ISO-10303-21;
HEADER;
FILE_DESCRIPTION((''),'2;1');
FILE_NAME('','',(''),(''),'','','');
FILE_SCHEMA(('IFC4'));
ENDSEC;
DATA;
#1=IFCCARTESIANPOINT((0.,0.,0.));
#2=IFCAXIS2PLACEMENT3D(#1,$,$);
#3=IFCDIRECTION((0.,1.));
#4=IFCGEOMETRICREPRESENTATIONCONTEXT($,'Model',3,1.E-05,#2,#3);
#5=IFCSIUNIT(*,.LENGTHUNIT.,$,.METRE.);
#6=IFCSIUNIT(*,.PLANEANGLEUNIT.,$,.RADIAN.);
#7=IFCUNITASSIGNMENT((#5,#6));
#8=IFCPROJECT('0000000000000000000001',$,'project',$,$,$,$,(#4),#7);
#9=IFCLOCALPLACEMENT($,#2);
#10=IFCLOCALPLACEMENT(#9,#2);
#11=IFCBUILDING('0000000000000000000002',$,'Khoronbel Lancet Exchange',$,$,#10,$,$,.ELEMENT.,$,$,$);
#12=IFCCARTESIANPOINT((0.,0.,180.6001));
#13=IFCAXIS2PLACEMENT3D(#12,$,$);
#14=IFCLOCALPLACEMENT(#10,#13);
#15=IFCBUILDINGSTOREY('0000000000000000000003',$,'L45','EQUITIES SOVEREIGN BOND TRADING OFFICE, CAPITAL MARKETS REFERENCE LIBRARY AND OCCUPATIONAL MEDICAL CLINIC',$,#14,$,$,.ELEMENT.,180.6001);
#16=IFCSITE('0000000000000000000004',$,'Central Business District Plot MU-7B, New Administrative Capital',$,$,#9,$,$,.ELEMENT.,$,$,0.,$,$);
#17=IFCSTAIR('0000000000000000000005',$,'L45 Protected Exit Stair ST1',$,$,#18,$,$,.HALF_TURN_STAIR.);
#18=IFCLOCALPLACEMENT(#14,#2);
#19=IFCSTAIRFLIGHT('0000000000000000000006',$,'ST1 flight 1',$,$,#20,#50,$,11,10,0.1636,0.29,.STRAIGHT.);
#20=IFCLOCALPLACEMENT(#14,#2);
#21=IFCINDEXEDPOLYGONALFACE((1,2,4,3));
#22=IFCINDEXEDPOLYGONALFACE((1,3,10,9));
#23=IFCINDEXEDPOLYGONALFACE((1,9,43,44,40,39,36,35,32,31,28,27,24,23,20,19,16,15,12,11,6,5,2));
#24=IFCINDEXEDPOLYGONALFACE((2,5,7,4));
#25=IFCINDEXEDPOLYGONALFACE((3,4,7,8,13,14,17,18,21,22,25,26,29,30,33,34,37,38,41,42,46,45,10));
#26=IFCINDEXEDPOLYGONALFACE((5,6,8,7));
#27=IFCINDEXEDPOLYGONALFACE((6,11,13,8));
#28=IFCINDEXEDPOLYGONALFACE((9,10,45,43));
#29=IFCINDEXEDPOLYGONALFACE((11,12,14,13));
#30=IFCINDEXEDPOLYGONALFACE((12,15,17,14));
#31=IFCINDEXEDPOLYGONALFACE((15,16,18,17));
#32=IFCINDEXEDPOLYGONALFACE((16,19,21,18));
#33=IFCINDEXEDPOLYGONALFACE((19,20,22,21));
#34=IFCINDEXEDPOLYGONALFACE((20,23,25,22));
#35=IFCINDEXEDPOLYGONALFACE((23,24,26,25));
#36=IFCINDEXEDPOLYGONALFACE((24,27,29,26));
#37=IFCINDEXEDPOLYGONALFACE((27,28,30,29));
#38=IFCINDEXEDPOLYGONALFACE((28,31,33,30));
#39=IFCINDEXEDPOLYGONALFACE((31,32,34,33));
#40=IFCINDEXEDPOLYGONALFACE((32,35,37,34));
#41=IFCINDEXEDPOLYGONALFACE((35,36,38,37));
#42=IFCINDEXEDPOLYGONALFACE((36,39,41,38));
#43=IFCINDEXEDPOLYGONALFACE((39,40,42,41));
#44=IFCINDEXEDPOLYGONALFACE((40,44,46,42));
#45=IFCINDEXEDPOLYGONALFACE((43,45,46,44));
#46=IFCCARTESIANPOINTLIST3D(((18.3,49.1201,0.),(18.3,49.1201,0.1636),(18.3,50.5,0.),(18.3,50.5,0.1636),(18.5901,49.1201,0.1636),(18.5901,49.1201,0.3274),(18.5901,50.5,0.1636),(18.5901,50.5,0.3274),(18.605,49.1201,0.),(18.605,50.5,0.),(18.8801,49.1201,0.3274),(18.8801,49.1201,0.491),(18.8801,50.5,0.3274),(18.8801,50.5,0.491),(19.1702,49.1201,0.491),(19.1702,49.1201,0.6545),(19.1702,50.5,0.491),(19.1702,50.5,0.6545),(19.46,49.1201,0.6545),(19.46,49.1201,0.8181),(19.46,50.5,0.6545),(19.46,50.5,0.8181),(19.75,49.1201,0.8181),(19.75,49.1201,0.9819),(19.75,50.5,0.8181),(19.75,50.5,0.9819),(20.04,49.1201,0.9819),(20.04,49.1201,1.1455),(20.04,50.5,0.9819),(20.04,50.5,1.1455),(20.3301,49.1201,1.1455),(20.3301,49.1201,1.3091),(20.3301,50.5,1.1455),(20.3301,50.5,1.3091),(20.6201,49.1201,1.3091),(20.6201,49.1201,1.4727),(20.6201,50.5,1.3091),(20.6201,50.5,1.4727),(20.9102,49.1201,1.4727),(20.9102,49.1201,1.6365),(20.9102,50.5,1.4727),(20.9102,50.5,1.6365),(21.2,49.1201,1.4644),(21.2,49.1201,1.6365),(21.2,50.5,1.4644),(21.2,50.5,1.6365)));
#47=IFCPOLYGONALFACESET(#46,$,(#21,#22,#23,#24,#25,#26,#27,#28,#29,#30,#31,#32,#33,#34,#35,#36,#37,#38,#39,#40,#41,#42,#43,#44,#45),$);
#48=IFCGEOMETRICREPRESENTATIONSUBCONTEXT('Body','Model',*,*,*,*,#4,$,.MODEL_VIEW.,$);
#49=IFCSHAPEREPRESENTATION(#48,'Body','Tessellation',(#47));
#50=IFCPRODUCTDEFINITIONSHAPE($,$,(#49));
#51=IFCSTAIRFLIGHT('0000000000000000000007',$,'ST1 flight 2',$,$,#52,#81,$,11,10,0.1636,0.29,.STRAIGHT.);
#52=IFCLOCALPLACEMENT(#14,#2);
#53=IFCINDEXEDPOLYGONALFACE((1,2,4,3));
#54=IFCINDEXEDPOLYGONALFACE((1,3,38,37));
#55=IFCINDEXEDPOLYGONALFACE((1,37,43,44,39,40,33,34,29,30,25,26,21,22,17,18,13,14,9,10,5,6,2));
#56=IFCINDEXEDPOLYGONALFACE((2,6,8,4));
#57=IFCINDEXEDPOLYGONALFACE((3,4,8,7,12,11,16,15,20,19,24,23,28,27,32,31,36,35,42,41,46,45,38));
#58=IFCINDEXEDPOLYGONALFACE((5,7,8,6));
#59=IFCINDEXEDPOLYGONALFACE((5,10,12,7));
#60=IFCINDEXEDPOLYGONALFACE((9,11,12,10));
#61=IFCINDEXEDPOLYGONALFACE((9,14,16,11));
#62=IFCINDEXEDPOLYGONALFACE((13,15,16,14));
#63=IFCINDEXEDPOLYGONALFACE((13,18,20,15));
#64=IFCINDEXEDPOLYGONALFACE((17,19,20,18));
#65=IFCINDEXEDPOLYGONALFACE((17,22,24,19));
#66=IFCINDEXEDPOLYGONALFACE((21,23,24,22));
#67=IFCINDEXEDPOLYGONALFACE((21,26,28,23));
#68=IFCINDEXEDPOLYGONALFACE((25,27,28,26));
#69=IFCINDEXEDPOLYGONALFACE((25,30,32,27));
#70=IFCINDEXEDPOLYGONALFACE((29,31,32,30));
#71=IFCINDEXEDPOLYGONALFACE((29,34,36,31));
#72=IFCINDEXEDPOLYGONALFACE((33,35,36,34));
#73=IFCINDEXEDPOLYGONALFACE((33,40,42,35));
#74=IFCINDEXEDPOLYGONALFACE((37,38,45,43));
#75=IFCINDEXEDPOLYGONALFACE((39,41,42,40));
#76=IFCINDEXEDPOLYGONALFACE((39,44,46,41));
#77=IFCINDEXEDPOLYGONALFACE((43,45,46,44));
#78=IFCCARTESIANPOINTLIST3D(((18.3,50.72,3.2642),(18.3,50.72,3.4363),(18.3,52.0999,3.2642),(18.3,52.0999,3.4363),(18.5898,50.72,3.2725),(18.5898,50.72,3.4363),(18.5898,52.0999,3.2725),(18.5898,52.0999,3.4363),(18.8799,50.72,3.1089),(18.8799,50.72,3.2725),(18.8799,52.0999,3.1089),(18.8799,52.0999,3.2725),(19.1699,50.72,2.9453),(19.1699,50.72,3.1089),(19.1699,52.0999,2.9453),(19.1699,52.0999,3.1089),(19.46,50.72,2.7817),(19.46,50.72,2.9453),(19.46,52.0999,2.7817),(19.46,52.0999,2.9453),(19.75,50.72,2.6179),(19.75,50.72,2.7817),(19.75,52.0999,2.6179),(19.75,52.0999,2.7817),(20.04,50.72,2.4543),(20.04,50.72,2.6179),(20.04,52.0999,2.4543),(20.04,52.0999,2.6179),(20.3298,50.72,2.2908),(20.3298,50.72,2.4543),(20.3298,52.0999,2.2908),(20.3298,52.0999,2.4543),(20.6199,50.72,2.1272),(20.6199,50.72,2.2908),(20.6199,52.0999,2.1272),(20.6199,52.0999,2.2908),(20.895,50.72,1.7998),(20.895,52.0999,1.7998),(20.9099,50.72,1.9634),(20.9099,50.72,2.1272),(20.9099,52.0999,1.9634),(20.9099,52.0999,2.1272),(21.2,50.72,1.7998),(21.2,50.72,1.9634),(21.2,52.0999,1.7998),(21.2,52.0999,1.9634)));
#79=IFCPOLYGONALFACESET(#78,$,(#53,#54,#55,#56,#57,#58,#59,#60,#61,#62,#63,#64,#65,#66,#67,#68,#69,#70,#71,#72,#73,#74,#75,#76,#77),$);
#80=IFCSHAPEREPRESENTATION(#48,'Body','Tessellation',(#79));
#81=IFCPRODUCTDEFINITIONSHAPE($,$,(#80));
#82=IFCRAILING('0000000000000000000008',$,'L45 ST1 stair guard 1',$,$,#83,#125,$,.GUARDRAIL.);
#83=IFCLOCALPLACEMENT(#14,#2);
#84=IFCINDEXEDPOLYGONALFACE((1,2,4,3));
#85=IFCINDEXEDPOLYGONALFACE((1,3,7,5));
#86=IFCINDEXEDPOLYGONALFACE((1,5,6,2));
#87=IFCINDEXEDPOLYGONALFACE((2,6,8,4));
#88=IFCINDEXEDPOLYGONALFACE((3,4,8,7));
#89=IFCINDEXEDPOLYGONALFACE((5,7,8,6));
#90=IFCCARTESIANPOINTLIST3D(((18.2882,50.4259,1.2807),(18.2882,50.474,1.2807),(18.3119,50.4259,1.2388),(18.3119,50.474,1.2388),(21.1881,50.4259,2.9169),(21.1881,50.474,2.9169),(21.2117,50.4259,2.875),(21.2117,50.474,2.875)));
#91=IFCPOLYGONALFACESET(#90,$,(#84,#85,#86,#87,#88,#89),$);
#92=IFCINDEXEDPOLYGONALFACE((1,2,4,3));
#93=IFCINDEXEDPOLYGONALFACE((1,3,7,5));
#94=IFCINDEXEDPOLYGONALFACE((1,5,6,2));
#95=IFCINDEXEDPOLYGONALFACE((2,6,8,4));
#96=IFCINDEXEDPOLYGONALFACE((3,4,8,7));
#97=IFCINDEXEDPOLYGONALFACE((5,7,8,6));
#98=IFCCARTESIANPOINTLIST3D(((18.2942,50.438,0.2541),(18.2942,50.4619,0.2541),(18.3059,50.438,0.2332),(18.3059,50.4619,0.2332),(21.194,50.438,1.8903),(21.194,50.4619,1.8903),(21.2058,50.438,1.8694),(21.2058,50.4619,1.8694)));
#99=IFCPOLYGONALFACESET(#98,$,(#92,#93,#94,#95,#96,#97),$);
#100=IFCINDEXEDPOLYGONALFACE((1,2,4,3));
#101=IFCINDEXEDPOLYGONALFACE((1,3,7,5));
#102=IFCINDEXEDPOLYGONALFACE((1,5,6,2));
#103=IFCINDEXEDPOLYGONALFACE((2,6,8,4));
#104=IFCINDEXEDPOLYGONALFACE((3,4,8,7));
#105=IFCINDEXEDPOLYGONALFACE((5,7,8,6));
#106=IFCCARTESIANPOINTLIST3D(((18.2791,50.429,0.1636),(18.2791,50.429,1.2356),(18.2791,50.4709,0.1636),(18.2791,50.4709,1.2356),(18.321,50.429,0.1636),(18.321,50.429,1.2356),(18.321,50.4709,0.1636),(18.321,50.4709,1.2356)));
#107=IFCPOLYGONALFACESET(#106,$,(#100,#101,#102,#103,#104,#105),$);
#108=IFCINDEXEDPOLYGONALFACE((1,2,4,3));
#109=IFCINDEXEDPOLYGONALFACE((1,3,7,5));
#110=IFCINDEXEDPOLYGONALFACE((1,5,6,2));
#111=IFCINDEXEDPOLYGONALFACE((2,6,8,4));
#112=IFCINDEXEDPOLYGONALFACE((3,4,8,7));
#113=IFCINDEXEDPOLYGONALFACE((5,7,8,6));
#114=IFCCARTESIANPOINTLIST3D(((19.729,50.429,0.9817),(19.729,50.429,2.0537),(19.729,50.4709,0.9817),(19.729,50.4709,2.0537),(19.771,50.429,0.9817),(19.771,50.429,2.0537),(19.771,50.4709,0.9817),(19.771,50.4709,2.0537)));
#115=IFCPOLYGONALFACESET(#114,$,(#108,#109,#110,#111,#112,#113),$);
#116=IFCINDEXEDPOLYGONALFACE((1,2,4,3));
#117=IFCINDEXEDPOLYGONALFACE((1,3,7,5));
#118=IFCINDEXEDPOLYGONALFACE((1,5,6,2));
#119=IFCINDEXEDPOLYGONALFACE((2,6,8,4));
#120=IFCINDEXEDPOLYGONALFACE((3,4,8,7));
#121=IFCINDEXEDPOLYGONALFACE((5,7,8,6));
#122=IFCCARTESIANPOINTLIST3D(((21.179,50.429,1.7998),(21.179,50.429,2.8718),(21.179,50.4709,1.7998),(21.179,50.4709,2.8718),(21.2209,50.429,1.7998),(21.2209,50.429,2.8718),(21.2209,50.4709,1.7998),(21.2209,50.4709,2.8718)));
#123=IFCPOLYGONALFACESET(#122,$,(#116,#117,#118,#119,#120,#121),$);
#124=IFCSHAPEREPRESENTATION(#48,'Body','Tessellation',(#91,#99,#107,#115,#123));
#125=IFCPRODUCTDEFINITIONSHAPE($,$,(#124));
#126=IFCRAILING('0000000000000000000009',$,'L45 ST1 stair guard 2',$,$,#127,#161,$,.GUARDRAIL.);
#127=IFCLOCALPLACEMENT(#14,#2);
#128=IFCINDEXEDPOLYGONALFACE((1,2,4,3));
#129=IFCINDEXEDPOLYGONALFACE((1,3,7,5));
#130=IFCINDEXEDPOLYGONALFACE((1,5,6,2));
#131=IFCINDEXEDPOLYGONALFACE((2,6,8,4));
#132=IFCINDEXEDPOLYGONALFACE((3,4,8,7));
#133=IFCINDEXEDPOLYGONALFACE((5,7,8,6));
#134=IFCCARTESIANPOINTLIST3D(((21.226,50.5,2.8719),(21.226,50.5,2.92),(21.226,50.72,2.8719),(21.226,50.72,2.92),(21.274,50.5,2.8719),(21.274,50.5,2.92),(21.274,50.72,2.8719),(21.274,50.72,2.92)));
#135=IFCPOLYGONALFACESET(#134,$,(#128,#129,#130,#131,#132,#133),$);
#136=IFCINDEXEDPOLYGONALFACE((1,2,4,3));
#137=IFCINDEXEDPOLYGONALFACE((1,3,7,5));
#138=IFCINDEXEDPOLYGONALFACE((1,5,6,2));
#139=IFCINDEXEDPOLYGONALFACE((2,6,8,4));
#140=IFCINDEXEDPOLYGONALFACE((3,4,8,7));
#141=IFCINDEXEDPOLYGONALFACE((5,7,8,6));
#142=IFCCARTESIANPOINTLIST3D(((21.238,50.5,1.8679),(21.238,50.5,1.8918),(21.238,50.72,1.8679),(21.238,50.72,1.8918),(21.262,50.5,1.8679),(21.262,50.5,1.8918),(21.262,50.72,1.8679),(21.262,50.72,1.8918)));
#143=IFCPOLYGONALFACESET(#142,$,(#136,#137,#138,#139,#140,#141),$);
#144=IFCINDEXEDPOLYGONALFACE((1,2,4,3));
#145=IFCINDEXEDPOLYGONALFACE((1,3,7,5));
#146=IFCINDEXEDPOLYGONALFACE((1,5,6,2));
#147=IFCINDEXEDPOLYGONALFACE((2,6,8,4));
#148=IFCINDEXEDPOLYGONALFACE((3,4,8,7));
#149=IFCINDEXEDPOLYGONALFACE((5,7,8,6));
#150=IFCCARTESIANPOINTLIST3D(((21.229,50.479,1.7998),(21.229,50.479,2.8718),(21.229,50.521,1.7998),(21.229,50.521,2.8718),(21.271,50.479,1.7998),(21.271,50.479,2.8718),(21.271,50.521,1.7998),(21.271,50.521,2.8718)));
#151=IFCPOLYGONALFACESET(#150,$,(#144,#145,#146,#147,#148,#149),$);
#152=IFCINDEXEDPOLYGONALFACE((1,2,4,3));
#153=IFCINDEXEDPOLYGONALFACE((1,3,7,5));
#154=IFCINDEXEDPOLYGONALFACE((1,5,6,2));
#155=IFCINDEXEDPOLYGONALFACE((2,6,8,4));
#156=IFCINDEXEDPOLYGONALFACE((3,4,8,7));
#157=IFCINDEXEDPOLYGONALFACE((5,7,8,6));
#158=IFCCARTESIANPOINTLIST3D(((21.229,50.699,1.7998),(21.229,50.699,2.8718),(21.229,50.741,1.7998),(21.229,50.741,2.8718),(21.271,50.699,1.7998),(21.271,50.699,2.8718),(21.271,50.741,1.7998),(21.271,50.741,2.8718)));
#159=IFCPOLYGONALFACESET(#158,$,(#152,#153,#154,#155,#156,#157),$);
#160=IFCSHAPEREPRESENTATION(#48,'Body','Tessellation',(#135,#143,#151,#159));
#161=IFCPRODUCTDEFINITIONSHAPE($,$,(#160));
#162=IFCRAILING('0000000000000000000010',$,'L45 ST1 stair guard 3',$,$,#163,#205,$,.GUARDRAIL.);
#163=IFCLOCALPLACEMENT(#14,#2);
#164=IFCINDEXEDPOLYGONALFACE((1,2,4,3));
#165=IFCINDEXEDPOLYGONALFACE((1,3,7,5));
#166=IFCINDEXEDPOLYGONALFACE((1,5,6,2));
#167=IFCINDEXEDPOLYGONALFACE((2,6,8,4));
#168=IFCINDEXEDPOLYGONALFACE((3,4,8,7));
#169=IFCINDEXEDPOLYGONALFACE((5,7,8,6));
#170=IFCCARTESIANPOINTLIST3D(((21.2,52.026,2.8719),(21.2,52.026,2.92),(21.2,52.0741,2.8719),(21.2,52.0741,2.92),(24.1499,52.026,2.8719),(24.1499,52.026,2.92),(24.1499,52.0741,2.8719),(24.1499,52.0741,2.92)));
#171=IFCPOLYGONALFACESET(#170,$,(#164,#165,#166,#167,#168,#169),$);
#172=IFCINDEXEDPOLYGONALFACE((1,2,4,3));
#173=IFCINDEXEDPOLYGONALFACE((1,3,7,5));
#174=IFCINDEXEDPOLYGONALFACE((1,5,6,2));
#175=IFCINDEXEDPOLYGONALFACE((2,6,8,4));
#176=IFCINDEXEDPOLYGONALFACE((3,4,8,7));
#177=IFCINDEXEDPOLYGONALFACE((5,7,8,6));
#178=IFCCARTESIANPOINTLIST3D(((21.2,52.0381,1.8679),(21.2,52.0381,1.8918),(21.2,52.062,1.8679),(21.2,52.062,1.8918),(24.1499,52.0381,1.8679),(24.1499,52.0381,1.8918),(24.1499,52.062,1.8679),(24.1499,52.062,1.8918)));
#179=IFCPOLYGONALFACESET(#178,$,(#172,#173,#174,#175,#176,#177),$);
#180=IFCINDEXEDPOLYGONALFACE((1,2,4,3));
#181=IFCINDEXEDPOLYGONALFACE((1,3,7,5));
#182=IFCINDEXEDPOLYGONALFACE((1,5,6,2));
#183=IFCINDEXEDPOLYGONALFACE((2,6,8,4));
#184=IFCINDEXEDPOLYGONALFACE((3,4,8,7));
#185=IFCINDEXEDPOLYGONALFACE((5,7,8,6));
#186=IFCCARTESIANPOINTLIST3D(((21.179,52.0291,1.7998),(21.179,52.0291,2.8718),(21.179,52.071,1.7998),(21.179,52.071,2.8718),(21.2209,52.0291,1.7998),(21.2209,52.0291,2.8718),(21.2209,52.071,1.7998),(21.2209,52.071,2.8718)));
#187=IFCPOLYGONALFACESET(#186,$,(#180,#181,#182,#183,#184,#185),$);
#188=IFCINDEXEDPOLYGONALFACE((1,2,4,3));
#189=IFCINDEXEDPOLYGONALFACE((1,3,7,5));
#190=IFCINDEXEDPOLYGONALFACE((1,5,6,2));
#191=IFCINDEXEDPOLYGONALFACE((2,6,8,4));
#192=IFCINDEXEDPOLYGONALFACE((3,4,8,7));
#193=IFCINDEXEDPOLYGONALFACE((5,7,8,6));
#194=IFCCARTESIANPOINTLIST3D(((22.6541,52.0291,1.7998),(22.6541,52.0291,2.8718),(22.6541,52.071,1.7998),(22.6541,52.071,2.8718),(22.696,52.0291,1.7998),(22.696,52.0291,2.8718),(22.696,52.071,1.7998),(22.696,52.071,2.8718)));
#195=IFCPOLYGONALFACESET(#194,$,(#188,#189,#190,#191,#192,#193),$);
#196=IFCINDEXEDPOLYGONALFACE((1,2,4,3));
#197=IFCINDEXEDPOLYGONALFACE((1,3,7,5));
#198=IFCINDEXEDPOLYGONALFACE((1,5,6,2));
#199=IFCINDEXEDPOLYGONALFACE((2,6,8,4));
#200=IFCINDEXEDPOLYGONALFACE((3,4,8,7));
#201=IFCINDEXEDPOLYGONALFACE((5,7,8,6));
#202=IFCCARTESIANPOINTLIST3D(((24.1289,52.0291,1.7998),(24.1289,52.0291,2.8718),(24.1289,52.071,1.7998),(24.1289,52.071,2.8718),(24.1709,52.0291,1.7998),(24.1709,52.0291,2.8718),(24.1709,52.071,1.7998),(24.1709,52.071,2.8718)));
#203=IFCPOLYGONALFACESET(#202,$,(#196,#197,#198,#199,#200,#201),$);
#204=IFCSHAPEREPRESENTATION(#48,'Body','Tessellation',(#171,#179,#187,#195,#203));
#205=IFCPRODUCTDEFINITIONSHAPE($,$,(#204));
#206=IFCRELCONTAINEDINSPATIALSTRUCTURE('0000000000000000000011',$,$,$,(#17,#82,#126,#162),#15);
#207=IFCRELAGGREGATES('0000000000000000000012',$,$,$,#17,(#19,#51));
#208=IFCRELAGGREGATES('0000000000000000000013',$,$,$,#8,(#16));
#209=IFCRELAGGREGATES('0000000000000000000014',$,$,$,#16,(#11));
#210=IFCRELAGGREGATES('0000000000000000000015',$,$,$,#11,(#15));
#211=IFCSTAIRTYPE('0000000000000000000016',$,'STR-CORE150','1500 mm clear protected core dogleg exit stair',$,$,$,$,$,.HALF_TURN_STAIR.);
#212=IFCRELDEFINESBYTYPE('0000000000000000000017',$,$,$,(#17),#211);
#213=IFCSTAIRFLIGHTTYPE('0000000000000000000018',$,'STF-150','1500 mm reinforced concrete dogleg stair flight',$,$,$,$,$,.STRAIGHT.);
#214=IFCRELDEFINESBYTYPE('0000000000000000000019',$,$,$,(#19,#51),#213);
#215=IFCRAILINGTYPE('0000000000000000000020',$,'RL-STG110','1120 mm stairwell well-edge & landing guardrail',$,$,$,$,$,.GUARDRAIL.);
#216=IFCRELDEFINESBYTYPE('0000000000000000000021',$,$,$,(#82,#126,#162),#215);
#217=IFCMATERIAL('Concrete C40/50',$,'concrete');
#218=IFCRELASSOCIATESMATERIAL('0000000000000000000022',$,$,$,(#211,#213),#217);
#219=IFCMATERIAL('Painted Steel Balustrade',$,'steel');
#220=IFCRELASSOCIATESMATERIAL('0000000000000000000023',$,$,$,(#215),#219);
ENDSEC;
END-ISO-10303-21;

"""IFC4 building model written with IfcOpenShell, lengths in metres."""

from ifc_helpers import new_model, si_unit, direction, frame, origin, origin_2d, place, context, subcontext, project, spatial, polyline, rectangle, outline, extrude, material, type_object, element, aggregate, save


model = new_model("IFC4")

# Units and contexts
model_context = context("Model", 3, precision=1e-05, world=origin(), true_north=direction((0.0, 1.0)))
body_context = subcontext(model_context, "Body", "Model", "MODEL_VIEW")
ifc_project = project(units=[si_unit("LENGTHUNIT", "METRE"), si_unit("PLANEANGLEUNIT", "RADIAN")], contexts=[model_context])

# Site, building, storey
site_placement = place(None, origin())
site = spatial("IfcSite", under=ifc_project, at=site_placement, Name="Central Business District Plot MU-7B, New Administrative Capital", CompositionType="ELEMENT", RefElevation=0.0)
building_placement = place(site_placement, origin())
building = spatial("IfcBuilding", under=site, at=building_placement, Name="Khoronbel Lancet Exchange", CompositionType="ELEMENT")
storey_placement = place(building_placement, frame((0.0, 0.0, 180.6001)))
storey = spatial("IfcBuildingStorey", under=building, at=storey_placement, Name="L45", Description="EQUITIES SOVEREIGN BOND TRADING OFFICE, CAPITAL MARKETS REFERENCE LIBRARY AND OCCUPATIONAL MEDICAL CLINIC", CompositionType="ELEMENT", Elevation=180.6001)

# Stair, stair flights
ifc_material_1 = material(Name="Concrete C40/50", Category="concrete")
stair_type = type_object("IfcStairType", Name="STR-CORE150", Description="1500 mm clear protected core dogleg exit stair", PredefinedType="HALF_TURN_STAIR", material=ifc_material_1)
stair_placement = place(storey_placement, origin())
stair = element("IfcStair", 1, at=stair_placement, inside=storey, type_object=stair_type, Name="L45 Protected Exit Stair ST1", PredefinedType="HALF_TURN_STAIR")
stair_flight_type = type_object("IfcStairFlightType", Name="STF-150", Description="1500 mm reinforced concrete dogleg stair flight", PredefinedType="STRAIGHT", material=ifc_material_1)
stair_flight_1_placement = place(storey_placement, frame((18.3, 49.8101, 0.0), z_axis=(0.0, 0.0, 1.0), x_axis=(1.0, 0.0, 0.0)))
stair_flight_1 = element("IfcStairFlight", 2, at=stair_flight_1_placement, type_object=stair_flight_type, Name="ST1 flight 1", NumberOfRisers=11, NumberOfTreads=10, PredefinedType="STRAIGHT", RiserHeight=0.1636, TreadLength=0.29, context=body_context, shape_type="SweptSolid", body=[
    extrude(outline(polyline([(0.0, 0.0), (0.0, 0.1636), (0.29, 0.1636), (0.29, 0.3274), (0.5801, 0.3274), (0.5801, 0.491), (0.8701, 0.491), (0.8701, 0.6545), (1.1599, 0.6545), (1.1599, 0.8181), (1.45, 0.8181), (1.45, 0.9819), (1.74, 0.9819), (1.74, 1.1455), (2.03, 1.1455), (2.03, 1.3091), (2.3201, 1.3091), (2.3201, 1.4727), (2.6101, 1.4727), (2.6101, 1.6365), (2.8999, 1.6365), (2.8999, 1.8), (2.8999, 1.4644), (0.3049, 0.0), (0.0, 0.0)])), frame((0.0, 0.6899, 0.0), z_axis=(0.0, -1.0, 0.0), x_axis=(1.0, 0.0, 0.0)), (0.0, 0.0, 1.0), 1.3799),
])
stair_flight_2_placement = place(storey_placement, frame((21.2, 51.4099, 1.7998), z_axis=(0.0, 0.0, 1.0), x_axis=(-1.0, 0.0, 0.0)))
stair_flight_2 = element("IfcStairFlight", 3, at=stair_flight_2_placement, type_object=stair_flight_type, Name="ST1 flight 2", NumberOfRisers=11, NumberOfTreads=10, PredefinedType="STRAIGHT", RiserHeight=0.1636, TreadLength=0.29, context=body_context, shape_type="SweptSolid", body=[
    extrude(outline(polyline([(0.0, 0.0), (0.0, 0.1636), (0.29, 0.1636), (0.29, 0.3274), (0.5801, 0.3274), (0.5801, 0.491), (0.8701, 0.491), (0.8701, 0.6545), (1.1599, 0.6545), (1.1599, 0.8181), (1.45, 0.8181), (1.45, 0.9819), (1.74, 0.9819), (1.74, 1.1455), (2.03, 1.1455), (2.03, 1.3091), (2.3201, 1.3091), (2.3201, 1.4727), (2.6101, 1.4727), (2.6101, 1.6365), (2.8999, 1.6365), (2.8999, 1.8), (2.8999, 1.4644), (0.3049, 0.0), (0.0, 0.0)])), frame((0.0, 0.6899, 0.0), z_axis=(0.0, -1.0, 0.0), x_axis=(1.0, 0.0, 0.0)), (0.0, 0.0, 1.0), 1.3799),
])
aggregate(stair, [stair_flight_1, stair_flight_2])

# Railings
ifc_material_2 = material(Name="Painted Steel Balustrade", Category="steel")
railing_type_1 = type_object("IfcRailingType", Name="RL-STG110", Description="1120 mm stairwell well-edge & landing guardrail", PredefinedType="GUARDRAIL", material=ifc_material_2)
railing_1_placement = place(storey_placement, frame((18.3, 50.45, 0.1636)))
element("IfcRailing", 4, at=railing_1_placement, inside=storey, type_object=railing_type_1, Name="L45 ST1 stair guard 1", PredefinedType="GUARDRAIL", context=body_context, shape_type="SweptSolid", body=[
    extrude(rectangle(XDim=0.0481, YDim=0.0481, at=origin_2d()), frame((0.0, 0.0, 1.0962), z_axis=(0.870929, 0.0, 0.49141), x_axis=(0.0, 1.0, 0.0)), (0.0, 0.0, 1.0), 3.3296),
    extrude(rectangle(XDim=0.0239, YDim=0.0239, at=origin_2d()), frame((0.0, 0.0, 0.0801), z_axis=(0.870929, 0.0, 0.49141), x_axis=(0.0, 1.0, 0.0)), (0.0, 0.0, 1.0), 3.3296),
    extrude(rectangle(XDim=0.042, YDim=0.042, at=origin_2d()), origin(), (0.0, 0.0, 1.0), 1.072),
    extrude(rectangle(XDim=0.042, YDim=0.042, at=origin_2d()), frame((1.45, 0.0, 0.8181)), (0.0, 0.0, 1.0), 1.072),
    extrude(rectangle(XDim=0.042, YDim=0.042, at=origin_2d()), frame((2.8999, 0.0, 1.6362)), (0.0, 0.0, 1.0), 1.072),
])
railing_2_placement = place(storey_placement, frame((21.25, 50.5, 1.7998)))
element("IfcRailing", 5, at=railing_2_placement, inside=storey, type_object=railing_type_1, Name="L45 ST1 stair guard 2", PredefinedType="GUARDRAIL", context=body_context, shape_type="SweptSolid", body=[
    extrude(rectangle(XDim=0.0481, YDim=0.0481, at=origin_2d()), frame((0.0, 0.0, 1.0962), z_axis=(0.0, 1.0, 0.0), x_axis=(-1.0, 0.0, 0.0)), (0.0, 0.0, 1.0), 0.22),
    extrude(rectangle(XDim=0.0239, YDim=0.0239, at=origin_2d()), frame((0.0, 0.0, 0.0801), z_axis=(0.0, 1.0, 0.0), x_axis=(-1.0, 0.0, 0.0)), (0.0, 0.0, 1.0), 0.22),
    extrude(rectangle(XDim=0.042, YDim=0.042, at=origin_2d()), origin(), (0.0, 0.0, 1.0), 1.072),
    extrude(rectangle(XDim=0.042, YDim=0.042, at=origin_2d()), frame((0.0, 0.22, 0.0)), (0.0, 0.0, 1.0), 1.072),
])
railing_3_placement = place(storey_placement, frame((21.2, 52.05, 1.7998)))
element("IfcRailing", 6, at=railing_3_placement, inside=storey, type_object=railing_type_1, Name="L45 ST1 stair guard 3", PredefinedType="GUARDRAIL", context=body_context, shape_type="SweptSolid", body=[
    extrude(rectangle(XDim=0.0481, YDim=0.0481, at=origin_2d()), frame((0.0, 0.0, 1.0962), z_axis=(1.0, 0.0, 0.0), x_axis=(0.0, 1.0, 0.0)), (0.0, 0.0, 1.0), 2.95),
    extrude(rectangle(XDim=0.0239, YDim=0.0239, at=origin_2d()), frame((0.0, 0.0, 0.0801), z_axis=(1.0, 0.0, 0.0), x_axis=(0.0, 1.0, 0.0)), (0.0, 0.0, 1.0), 2.95),
    extrude(rectangle(XDim=0.042, YDim=0.042, at=origin_2d()), origin(), (0.0, 0.0, 1.0), 1.072),
    extrude(rectangle(XDim=0.042, YDim=0.042, at=origin_2d()), frame((1.4751, 0.0, 0.0)), (0.0, 0.0, 1.0), 1.072),
    extrude(rectangle(XDim=0.042, YDim=0.042, at=origin_2d()), frame((2.95, 0.0, 0.0)), (0.0, 0.0, 1.0), 1.072),
])

save(model, "model.ifc")
